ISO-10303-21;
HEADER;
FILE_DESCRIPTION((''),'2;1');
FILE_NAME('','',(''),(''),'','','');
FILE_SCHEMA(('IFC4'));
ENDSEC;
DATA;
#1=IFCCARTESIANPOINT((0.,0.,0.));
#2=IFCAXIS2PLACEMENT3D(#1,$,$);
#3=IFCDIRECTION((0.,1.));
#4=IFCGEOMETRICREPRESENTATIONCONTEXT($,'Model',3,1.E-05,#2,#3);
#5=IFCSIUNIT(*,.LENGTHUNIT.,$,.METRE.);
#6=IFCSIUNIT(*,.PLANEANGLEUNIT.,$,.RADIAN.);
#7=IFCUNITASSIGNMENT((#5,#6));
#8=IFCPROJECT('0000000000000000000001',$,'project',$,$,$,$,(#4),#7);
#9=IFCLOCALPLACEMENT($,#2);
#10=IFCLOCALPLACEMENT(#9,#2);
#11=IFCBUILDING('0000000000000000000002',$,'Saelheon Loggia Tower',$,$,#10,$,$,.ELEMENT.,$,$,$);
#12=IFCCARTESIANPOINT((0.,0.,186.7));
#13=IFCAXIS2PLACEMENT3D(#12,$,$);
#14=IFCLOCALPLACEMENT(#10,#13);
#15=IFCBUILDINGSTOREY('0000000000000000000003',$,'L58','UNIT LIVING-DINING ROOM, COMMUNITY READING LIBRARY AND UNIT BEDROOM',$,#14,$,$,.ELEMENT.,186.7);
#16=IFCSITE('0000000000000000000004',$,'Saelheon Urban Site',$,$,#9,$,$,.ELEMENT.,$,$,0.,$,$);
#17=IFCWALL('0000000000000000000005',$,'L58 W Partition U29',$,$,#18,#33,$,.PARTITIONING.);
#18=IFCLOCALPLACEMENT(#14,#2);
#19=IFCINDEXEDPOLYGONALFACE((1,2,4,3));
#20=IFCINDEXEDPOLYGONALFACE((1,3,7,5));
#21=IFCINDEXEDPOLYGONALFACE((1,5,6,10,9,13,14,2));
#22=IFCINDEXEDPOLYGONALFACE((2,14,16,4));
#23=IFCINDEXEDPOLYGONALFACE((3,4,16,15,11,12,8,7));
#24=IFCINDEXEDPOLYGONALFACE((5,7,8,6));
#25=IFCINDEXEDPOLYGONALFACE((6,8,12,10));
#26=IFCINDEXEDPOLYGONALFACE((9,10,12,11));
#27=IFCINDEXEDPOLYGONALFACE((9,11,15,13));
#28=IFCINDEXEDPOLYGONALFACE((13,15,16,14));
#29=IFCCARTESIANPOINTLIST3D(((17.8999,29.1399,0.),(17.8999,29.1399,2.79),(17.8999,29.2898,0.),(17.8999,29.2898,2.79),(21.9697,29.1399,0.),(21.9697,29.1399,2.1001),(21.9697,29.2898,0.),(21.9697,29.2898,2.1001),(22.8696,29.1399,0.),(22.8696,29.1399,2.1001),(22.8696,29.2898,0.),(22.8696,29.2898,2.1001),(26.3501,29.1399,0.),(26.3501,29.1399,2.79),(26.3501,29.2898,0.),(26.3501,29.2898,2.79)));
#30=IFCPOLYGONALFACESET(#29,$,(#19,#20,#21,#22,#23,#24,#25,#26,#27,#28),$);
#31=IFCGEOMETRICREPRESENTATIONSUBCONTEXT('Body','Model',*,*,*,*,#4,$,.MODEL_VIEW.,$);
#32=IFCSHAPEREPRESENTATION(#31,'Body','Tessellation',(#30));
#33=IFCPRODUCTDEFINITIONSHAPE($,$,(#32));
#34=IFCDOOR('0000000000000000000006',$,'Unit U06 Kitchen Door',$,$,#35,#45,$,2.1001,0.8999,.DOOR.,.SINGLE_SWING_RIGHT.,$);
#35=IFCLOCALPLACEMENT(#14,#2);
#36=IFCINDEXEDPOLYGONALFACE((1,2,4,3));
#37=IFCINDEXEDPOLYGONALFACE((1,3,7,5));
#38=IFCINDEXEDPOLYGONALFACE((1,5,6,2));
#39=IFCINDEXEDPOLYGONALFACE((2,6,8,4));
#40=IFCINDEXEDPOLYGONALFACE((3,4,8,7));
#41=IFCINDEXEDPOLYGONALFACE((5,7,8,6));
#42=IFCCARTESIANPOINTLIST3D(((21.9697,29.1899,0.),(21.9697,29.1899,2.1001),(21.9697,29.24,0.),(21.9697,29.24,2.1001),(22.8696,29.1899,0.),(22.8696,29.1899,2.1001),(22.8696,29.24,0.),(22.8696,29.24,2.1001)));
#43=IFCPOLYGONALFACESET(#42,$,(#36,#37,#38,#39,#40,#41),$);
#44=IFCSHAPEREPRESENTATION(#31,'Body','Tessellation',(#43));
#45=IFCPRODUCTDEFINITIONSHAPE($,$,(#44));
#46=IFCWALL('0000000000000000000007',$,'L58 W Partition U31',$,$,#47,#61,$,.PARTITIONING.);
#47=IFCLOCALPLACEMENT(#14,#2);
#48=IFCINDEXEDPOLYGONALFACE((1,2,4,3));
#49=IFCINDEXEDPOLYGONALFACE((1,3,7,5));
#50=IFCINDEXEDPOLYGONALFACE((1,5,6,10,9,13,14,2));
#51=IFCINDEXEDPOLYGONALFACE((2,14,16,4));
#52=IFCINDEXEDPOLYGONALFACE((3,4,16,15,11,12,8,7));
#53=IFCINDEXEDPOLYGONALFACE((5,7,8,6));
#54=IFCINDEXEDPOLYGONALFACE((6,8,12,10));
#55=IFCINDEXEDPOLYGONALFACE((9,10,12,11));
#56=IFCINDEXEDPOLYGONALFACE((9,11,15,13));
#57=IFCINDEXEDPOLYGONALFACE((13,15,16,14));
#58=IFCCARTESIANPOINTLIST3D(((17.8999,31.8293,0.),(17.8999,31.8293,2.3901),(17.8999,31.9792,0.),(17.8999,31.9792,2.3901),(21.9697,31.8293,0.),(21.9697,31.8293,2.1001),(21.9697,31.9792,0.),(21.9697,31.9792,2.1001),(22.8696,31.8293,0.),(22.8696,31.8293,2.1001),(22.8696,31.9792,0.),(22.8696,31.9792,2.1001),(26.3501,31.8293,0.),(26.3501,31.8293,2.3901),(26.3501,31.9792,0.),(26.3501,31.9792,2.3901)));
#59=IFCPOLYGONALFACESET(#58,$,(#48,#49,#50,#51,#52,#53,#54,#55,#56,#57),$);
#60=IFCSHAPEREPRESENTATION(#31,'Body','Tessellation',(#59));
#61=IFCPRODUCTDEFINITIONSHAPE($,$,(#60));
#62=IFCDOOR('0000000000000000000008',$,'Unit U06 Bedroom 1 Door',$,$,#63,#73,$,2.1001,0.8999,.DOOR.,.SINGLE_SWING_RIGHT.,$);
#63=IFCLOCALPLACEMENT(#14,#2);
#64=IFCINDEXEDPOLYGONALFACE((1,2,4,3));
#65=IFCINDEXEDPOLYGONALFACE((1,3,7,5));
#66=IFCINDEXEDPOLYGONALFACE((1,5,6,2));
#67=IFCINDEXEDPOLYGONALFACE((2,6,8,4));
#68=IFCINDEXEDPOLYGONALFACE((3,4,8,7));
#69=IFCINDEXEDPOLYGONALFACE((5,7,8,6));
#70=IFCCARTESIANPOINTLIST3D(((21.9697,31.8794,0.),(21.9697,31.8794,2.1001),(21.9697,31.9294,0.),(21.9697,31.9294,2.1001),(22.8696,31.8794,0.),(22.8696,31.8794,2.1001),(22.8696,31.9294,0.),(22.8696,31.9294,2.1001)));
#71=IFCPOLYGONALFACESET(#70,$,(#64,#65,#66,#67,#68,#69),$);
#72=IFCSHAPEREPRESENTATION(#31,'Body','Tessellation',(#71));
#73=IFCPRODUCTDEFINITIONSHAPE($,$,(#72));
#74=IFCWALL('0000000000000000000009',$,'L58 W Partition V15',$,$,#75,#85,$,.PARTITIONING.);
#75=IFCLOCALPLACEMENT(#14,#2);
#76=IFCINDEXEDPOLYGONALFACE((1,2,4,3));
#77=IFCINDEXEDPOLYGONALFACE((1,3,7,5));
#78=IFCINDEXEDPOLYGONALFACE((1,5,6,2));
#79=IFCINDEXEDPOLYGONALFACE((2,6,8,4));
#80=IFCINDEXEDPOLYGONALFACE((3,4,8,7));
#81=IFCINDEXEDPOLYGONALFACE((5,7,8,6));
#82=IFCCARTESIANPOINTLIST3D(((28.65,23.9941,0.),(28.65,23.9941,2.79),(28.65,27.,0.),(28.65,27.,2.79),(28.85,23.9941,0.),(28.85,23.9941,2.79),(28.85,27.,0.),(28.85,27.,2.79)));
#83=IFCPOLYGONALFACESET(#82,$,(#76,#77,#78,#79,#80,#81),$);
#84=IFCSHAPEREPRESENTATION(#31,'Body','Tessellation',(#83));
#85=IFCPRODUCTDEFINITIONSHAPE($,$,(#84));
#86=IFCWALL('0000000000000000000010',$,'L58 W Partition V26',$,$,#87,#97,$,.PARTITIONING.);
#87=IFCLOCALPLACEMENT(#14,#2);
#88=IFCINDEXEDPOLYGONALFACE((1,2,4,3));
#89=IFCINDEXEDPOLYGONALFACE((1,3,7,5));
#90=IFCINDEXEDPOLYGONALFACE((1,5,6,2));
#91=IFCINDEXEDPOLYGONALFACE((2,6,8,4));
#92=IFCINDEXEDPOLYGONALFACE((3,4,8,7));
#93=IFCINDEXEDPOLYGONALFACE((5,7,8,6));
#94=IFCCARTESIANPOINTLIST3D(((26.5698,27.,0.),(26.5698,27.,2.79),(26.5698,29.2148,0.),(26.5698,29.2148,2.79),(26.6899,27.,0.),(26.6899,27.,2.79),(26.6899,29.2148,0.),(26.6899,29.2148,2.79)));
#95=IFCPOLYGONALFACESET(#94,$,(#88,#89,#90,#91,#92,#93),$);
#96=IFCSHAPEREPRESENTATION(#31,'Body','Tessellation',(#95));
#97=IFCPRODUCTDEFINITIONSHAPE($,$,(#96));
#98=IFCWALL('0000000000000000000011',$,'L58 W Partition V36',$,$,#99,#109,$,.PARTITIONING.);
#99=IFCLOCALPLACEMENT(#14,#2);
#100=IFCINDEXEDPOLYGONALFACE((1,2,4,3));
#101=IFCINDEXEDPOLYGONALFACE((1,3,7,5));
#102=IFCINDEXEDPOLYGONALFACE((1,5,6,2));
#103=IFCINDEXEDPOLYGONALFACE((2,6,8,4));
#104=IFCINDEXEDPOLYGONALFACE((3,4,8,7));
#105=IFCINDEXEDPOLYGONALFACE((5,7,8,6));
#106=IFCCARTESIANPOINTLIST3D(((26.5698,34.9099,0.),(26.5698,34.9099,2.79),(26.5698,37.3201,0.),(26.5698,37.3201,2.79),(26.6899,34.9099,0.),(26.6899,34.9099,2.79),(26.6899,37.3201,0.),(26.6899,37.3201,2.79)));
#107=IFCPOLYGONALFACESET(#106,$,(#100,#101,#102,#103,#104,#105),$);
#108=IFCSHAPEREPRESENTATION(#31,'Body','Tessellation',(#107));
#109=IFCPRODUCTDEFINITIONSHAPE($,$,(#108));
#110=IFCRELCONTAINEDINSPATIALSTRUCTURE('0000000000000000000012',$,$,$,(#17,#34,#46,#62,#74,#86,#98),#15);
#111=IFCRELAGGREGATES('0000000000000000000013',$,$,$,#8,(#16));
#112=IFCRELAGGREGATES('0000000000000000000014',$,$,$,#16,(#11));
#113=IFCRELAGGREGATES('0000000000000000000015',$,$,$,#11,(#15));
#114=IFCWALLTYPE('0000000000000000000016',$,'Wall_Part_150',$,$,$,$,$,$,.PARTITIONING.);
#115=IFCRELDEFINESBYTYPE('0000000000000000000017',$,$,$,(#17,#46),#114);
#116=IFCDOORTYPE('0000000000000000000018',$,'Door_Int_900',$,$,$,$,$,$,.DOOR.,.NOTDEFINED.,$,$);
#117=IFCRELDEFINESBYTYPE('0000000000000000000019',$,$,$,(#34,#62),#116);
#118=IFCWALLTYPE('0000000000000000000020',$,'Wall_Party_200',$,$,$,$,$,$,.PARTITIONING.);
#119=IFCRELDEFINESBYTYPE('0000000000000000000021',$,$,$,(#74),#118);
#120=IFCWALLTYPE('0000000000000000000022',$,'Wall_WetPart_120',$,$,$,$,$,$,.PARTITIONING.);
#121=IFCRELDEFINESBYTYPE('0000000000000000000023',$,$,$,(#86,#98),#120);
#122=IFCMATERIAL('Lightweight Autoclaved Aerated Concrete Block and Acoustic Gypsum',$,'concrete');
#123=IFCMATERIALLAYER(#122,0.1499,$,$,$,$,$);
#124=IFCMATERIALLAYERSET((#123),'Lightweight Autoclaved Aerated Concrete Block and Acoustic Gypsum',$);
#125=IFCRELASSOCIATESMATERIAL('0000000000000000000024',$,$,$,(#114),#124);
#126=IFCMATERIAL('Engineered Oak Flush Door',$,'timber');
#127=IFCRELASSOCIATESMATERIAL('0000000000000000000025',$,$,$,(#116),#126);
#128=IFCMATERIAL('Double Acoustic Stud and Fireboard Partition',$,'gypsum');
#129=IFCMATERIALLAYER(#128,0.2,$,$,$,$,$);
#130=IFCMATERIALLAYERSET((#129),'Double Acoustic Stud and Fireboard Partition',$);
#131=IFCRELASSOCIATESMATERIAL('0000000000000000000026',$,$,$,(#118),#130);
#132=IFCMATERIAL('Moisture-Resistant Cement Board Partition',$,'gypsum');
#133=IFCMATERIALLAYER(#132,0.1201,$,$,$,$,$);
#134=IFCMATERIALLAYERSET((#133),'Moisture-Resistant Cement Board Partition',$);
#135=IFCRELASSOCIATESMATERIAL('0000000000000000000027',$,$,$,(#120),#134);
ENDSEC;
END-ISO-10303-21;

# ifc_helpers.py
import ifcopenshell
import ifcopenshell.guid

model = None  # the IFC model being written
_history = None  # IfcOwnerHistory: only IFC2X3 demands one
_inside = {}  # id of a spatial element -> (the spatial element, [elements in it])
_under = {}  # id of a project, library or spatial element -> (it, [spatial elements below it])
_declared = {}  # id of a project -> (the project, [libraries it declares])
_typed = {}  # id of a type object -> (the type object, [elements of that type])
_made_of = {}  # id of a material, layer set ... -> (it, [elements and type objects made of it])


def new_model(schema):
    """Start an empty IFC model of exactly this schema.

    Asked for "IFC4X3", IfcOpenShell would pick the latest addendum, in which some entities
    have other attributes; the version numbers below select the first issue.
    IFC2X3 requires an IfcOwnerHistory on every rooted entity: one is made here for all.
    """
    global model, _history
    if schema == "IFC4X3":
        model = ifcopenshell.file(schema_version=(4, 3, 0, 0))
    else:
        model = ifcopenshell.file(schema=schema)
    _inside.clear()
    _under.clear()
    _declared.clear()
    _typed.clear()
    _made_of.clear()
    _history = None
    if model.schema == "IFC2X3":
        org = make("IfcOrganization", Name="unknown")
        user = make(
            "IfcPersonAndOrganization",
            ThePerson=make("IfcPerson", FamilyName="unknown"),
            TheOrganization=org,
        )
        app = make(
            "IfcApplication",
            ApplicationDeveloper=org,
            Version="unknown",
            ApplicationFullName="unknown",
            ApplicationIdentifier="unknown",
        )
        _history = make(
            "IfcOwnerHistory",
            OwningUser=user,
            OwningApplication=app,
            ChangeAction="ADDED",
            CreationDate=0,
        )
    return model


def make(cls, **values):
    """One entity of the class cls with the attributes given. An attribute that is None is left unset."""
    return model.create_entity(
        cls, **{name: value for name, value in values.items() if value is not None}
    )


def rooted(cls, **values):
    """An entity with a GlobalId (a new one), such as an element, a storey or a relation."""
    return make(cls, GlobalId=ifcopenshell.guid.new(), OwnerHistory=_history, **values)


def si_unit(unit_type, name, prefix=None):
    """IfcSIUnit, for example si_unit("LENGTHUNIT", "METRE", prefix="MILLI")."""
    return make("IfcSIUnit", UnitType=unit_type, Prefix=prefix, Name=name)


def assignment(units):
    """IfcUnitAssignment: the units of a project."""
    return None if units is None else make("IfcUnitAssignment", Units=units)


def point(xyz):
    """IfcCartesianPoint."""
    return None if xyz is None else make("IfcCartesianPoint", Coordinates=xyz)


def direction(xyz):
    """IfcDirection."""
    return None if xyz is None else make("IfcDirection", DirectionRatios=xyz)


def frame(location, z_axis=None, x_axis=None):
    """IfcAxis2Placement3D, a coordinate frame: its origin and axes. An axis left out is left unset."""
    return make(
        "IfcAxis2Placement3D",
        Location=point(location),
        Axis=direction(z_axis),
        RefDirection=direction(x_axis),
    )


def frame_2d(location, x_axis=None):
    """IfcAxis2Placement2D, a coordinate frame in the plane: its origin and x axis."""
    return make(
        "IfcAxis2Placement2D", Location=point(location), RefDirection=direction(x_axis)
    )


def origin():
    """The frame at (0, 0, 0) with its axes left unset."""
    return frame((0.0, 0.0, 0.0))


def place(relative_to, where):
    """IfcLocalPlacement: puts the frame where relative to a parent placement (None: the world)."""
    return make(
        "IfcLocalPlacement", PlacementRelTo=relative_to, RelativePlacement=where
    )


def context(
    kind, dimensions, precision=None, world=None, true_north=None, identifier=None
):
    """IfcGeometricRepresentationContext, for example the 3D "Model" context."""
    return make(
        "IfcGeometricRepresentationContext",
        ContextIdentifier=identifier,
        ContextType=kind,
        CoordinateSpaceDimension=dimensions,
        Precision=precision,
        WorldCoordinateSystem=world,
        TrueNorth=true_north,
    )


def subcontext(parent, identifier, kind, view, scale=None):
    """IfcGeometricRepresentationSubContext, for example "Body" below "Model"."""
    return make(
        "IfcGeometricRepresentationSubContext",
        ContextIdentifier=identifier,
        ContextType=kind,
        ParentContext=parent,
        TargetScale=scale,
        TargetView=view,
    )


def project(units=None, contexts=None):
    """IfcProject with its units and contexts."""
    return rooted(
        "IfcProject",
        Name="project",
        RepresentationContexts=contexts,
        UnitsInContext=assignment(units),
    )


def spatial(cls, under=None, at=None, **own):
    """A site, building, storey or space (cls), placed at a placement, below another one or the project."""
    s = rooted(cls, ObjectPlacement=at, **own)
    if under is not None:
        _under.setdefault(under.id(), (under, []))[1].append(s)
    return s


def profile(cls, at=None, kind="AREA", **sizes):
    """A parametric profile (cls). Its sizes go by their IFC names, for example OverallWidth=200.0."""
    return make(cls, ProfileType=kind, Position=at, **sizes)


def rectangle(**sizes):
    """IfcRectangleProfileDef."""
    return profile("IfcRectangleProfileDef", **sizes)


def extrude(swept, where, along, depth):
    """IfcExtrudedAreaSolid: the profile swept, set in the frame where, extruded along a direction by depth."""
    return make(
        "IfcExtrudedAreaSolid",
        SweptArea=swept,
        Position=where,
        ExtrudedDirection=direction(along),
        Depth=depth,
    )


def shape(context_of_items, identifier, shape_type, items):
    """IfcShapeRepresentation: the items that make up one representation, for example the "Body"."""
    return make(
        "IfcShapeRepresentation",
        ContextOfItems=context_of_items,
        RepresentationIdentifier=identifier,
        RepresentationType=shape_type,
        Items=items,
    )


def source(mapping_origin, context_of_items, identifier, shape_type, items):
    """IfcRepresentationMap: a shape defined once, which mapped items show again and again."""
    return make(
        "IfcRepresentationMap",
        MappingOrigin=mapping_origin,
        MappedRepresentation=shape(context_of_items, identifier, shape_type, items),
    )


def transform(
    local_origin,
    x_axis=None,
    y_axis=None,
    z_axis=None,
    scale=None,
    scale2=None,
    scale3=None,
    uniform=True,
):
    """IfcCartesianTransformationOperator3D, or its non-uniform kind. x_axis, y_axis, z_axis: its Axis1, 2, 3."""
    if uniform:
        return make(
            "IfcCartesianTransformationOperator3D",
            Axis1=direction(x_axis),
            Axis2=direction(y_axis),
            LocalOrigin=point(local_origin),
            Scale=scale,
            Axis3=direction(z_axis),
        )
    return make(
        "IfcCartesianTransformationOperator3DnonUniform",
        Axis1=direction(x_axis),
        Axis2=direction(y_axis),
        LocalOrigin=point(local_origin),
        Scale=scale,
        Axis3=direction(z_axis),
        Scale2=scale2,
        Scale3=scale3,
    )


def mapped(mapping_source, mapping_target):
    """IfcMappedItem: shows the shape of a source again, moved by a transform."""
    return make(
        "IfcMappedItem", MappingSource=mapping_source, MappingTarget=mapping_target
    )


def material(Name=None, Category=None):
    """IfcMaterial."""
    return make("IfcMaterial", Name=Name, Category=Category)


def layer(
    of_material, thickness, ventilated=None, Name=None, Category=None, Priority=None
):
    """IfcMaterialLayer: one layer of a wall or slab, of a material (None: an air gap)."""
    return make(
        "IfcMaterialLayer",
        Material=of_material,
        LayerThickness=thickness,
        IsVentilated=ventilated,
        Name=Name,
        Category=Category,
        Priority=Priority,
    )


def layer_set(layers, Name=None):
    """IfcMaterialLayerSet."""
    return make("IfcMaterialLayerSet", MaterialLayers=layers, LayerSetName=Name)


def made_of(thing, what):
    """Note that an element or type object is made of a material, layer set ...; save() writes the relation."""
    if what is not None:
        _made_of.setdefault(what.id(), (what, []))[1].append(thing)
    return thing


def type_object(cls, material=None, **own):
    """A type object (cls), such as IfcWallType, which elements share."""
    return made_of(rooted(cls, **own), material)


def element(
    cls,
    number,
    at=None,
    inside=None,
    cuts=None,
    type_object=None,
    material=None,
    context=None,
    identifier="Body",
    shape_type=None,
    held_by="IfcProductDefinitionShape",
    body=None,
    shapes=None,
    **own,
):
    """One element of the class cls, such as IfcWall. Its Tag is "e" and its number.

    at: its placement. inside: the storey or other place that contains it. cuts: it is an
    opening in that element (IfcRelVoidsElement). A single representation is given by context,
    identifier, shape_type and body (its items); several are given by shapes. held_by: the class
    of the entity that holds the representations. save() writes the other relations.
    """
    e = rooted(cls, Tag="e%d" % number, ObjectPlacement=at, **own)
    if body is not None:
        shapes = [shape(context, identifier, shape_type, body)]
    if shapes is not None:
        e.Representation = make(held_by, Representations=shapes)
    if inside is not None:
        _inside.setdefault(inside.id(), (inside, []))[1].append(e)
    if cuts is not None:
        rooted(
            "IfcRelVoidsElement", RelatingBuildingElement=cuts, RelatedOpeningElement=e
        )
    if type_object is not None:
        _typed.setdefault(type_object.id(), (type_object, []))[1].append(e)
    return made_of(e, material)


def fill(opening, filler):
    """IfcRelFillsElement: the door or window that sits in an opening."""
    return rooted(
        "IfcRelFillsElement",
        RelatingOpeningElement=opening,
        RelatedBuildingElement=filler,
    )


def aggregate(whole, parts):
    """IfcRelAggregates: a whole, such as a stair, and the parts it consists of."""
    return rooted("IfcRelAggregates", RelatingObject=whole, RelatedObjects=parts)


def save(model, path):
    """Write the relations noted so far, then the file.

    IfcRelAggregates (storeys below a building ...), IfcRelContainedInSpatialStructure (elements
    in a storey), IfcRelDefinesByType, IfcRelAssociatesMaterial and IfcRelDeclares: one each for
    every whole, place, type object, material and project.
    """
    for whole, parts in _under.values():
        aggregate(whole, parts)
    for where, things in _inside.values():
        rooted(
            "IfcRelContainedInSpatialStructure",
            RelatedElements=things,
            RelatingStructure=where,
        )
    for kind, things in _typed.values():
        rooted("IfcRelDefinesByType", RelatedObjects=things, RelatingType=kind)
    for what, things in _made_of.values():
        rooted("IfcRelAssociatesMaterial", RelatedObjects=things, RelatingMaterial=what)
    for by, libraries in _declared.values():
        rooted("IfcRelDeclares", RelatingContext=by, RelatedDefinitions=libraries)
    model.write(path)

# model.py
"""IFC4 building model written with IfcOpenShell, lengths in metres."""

from ifc_helpers import new_model, si_unit, direction, frame, frame_2d, origin, place, context, subcontext, project, spatial, rectangle, extrude, source, transform, mapped, material, layer, layer_set, type_object, element, fill, save


model = new_model("IFC4")

# Units and contexts
model_context = context("Model", 3, precision=1e-05, world=origin(), true_north=direction((0.0, 1.0)))
body_context = subcontext(model_context, "Body", "Model", "MODEL_VIEW")
ifc_project = project(units=[si_unit("LENGTHUNIT", "METRE"), si_unit("PLANEANGLEUNIT", "RADIAN")], contexts=[model_context])

# Site, building, storey
site_placement = place(None, origin())
site = spatial("IfcSite", under=ifc_project, at=site_placement, Name="Saelheon Urban Site", CompositionType="ELEMENT", RefElevation=0.0)
building_placement = place(site_placement, origin())
building = spatial("IfcBuilding", under=site, at=building_placement, Name="Saelheon Loggia Tower", CompositionType="ELEMENT")
storey_placement = place(building_placement, frame((0.0, 0.0, 186.7)))
storey = spatial("IfcBuildingStorey", under=building, at=storey_placement, Name="L58", Description="UNIT LIVING-DINING ROOM, COMMUNITY READING LIBRARY AND UNIT BEDROOM", CompositionType="ELEMENT", Elevation=186.7)

# Shared definitions
ifc_material_1 = material(Name="Lightweight Autoclaved Aerated Concrete Block and Acoustic Gypsum", Category="concrete")
ifc_layer_1 = layer(ifc_material_1, 0.1499)
ifc_layer_set_1 = layer_set([ifc_layer_1], Name="Lightweight Autoclaved Aerated Concrete Block and Acoustic Gypsum")
wall_type_1 = type_object("IfcWallType", Name="Wall_Part_150", PredefinedType="PARTITIONING", material=ifc_layer_set_1)

# Shared definitions
ifc_material_2 = material(Name="Engineered Oak Flush Door", Category="timber")
door_type = type_object("IfcDoorType", Name="Door_Int_900", OperationType="NOTDEFINED", PredefinedType="DOOR", material=ifc_material_2)
shared_shape_1 = source(origin(), body_context, "Body", "SweptSolid", [
    extrude(rectangle(XDim=0.8999, YDim=2.1001, at=frame_2d((0.45, 1.05))), frame((0.0, 0.0249, 0.0), z_axis=(0.0, -1.0, 0.0), x_axis=(1.0, 0.0, 0.0)), (0.0, 0.0, 1.0), 0.05),
])

# Walls, openings, doors
wall_1_placement = place(storey_placement, frame((26.3501, 29.2148, 0.0), z_axis=(0.0, 0.0, 1.0), x_axis=(-1.0, 0.0, 0.0)))
wall_1 = element("IfcWall", 1, at=wall_1_placement, inside=storey, type_object=wall_type_1, Name="L58 W Partition U29", PredefinedType="PARTITIONING", context=body_context, shape_type="SweptSolid", body=[
    extrude(rectangle(XDim=8.4502, YDim=0.1499, at=frame_2d((4.2251, 0.0))), origin(), (0.0, 0.0, 1.0), 2.79),
])
opening_1_placement = place(wall_1_placement, frame((3.4805, 0.0, 0.0)))
opening_1 = element("IfcOpeningElement", 2, at=opening_1_placement, cuts=wall_1, PredefinedType="OPENING", context=body_context, shape_type="SweptSolid", body=[
    extrude(rectangle(XDim=0.8999, YDim=2.1001, at=frame_2d((0.45, 1.05))), frame((0.0, 0.0869, 0.0), z_axis=(0.0, -1.0, 0.0), x_axis=(1.0, 0.0, 0.0)), (0.0, 0.0, 1.0), 0.1738),
])
door_1_placement = place(opening_1_placement, origin())
door_1 = element("IfcDoor", 3, at=door_1_placement, inside=storey, type_object=door_type, Name="Unit U06 Kitchen Door", OperationType="SINGLE_SWING_RIGHT", OverallHeight=2.1001, OverallWidth=0.8999, PredefinedType="DOOR", context=body_context, shape_type="MappedRepresentation", body=[
    mapped(shared_shape_1, transform((0.0, 0.0, 0.0), scale=1.0)),
])
fill(opening_1, door_1)
wall_2_placement = place(storey_placement, frame((26.3501, 31.9043, 0.0), z_axis=(0.0, 0.0, 1.0), x_axis=(-1.0, 0.0, 0.0)))
wall_2 = element("IfcWall", 4, at=wall_2_placement, inside=storey, type_object=wall_type_1, Name="L58 W Partition U31", PredefinedType="PARTITIONING", context=body_context, shape_type="SweptSolid", body=[
    extrude(rectangle(XDim=8.4502, YDim=0.1499, at=frame_2d((4.2251, 0.0))), origin(), (0.0, 0.0, 1.0), 2.3901),
])
opening_2_placement = place(wall_2_placement, frame((3.4805, 0.0, 0.0)))
opening_2 = element("IfcOpeningElement", 5, at=opening_2_placement, cuts=wall_2, PredefinedType="OPENING", context=body_context, shape_type="SweptSolid", body=[
    extrude(rectangle(XDim=0.8999, YDim=2.1001, at=frame_2d((0.45, 1.05))), frame((0.0, 0.0869, 0.0), z_axis=(0.0, -1.0, 0.0), x_axis=(1.0, 0.0, 0.0)), (0.0, 0.0, 1.0), 0.1738),
])
door_2_placement = place(opening_2_placement, origin())
door_2 = element("IfcDoor", 6, at=door_2_placement, inside=storey, type_object=door_type, Name="Unit U06 Bedroom 1 Door", OperationType="SINGLE_SWING_RIGHT", OverallHeight=2.1001, OverallWidth=0.8999, PredefinedType="DOOR", context=body_context, shape_type="MappedRepresentation", body=[
    mapped(shared_shape_1, transform((0.0, 0.0, 0.0), scale=1.0)),
])
fill(opening_2, door_2)

# Walls
ifc_material_3 = material(Name="Double Acoustic Stud and Fireboard Partition", Category="gypsum")
ifc_layer_2 = layer(ifc_material_3, 0.2)
ifc_layer_set_2 = layer_set([ifc_layer_2], Name="Double Acoustic Stud and Fireboard Partition")
wall_type_2 = type_object("IfcWallType", Name="Wall_Party_200", PredefinedType="PARTITIONING", material=ifc_layer_set_2)
wall_3_placement = place(storey_placement, frame((28.75, 23.9941, 0.0), z_axis=(0.0, 0.0, 1.0), x_axis=(0.0, 1.0, 0.0)))
element("IfcWall", 7, at=wall_3_placement, inside=storey, type_object=wall_type_2, Name="L58 W Partition V15", PredefinedType="PARTITIONING", context=body_context, shape_type="SweptSolid", body=[
    extrude(rectangle(XDim=3.0059, YDim=0.2, at=frame_2d((1.5029, 0.0))), origin(), (0.0, 0.0, 1.0), 2.79),
])
ifc_material_4 = material(Name="Moisture-Resistant Cement Board Partition", Category="gypsum")
ifc_layer_3 = layer(ifc_material_4, 0.1201)
ifc_layer_set_3 = layer_set([ifc_layer_3], Name="Moisture-Resistant Cement Board Partition")
wall_type_3 = type_object("IfcWallType", Name="Wall_WetPart_120", PredefinedType="PARTITIONING", material=ifc_layer_set_3)
wall_4_placement = place(storey_placement, frame((26.6299, 27.0, 0.0), z_axis=(0.0, 0.0, 1.0), x_axis=(0.0, 1.0, 0.0)))
element("IfcWall", 8, at=wall_4_placement, inside=storey, type_object=wall_type_3, Name="L58 W Partition V26", PredefinedType="PARTITIONING", context=body_context, shape_type="SweptSolid", body=[
    extrude(rectangle(XDim=2.2148, YDim=0.1201, at=frame_2d((1.1074, 0.0))), origin(), (0.0, 0.0, 1.0), 2.79),
])
wall_5_placement = place(storey_placement, frame((26.6299, 34.9099, 0.0), z_axis=(0.0, 0.0, 1.0), x_axis=(0.0, 1.0, 0.0)))
element("IfcWall", 9, at=wall_5_placement, inside=storey, type_object=wall_type_3, Name="L58 W Partition V36", PredefinedType="PARTITIONING", context=body_context, shape_type="SweptSolid", body=[
    extrude(rectangle(XDim=2.4102, YDim=0.1201, at=frame_2d((1.2051, 0.0))), origin(), (0.0, 0.0, 1.0), 2.79),
])

save(model, "model.ifc")
